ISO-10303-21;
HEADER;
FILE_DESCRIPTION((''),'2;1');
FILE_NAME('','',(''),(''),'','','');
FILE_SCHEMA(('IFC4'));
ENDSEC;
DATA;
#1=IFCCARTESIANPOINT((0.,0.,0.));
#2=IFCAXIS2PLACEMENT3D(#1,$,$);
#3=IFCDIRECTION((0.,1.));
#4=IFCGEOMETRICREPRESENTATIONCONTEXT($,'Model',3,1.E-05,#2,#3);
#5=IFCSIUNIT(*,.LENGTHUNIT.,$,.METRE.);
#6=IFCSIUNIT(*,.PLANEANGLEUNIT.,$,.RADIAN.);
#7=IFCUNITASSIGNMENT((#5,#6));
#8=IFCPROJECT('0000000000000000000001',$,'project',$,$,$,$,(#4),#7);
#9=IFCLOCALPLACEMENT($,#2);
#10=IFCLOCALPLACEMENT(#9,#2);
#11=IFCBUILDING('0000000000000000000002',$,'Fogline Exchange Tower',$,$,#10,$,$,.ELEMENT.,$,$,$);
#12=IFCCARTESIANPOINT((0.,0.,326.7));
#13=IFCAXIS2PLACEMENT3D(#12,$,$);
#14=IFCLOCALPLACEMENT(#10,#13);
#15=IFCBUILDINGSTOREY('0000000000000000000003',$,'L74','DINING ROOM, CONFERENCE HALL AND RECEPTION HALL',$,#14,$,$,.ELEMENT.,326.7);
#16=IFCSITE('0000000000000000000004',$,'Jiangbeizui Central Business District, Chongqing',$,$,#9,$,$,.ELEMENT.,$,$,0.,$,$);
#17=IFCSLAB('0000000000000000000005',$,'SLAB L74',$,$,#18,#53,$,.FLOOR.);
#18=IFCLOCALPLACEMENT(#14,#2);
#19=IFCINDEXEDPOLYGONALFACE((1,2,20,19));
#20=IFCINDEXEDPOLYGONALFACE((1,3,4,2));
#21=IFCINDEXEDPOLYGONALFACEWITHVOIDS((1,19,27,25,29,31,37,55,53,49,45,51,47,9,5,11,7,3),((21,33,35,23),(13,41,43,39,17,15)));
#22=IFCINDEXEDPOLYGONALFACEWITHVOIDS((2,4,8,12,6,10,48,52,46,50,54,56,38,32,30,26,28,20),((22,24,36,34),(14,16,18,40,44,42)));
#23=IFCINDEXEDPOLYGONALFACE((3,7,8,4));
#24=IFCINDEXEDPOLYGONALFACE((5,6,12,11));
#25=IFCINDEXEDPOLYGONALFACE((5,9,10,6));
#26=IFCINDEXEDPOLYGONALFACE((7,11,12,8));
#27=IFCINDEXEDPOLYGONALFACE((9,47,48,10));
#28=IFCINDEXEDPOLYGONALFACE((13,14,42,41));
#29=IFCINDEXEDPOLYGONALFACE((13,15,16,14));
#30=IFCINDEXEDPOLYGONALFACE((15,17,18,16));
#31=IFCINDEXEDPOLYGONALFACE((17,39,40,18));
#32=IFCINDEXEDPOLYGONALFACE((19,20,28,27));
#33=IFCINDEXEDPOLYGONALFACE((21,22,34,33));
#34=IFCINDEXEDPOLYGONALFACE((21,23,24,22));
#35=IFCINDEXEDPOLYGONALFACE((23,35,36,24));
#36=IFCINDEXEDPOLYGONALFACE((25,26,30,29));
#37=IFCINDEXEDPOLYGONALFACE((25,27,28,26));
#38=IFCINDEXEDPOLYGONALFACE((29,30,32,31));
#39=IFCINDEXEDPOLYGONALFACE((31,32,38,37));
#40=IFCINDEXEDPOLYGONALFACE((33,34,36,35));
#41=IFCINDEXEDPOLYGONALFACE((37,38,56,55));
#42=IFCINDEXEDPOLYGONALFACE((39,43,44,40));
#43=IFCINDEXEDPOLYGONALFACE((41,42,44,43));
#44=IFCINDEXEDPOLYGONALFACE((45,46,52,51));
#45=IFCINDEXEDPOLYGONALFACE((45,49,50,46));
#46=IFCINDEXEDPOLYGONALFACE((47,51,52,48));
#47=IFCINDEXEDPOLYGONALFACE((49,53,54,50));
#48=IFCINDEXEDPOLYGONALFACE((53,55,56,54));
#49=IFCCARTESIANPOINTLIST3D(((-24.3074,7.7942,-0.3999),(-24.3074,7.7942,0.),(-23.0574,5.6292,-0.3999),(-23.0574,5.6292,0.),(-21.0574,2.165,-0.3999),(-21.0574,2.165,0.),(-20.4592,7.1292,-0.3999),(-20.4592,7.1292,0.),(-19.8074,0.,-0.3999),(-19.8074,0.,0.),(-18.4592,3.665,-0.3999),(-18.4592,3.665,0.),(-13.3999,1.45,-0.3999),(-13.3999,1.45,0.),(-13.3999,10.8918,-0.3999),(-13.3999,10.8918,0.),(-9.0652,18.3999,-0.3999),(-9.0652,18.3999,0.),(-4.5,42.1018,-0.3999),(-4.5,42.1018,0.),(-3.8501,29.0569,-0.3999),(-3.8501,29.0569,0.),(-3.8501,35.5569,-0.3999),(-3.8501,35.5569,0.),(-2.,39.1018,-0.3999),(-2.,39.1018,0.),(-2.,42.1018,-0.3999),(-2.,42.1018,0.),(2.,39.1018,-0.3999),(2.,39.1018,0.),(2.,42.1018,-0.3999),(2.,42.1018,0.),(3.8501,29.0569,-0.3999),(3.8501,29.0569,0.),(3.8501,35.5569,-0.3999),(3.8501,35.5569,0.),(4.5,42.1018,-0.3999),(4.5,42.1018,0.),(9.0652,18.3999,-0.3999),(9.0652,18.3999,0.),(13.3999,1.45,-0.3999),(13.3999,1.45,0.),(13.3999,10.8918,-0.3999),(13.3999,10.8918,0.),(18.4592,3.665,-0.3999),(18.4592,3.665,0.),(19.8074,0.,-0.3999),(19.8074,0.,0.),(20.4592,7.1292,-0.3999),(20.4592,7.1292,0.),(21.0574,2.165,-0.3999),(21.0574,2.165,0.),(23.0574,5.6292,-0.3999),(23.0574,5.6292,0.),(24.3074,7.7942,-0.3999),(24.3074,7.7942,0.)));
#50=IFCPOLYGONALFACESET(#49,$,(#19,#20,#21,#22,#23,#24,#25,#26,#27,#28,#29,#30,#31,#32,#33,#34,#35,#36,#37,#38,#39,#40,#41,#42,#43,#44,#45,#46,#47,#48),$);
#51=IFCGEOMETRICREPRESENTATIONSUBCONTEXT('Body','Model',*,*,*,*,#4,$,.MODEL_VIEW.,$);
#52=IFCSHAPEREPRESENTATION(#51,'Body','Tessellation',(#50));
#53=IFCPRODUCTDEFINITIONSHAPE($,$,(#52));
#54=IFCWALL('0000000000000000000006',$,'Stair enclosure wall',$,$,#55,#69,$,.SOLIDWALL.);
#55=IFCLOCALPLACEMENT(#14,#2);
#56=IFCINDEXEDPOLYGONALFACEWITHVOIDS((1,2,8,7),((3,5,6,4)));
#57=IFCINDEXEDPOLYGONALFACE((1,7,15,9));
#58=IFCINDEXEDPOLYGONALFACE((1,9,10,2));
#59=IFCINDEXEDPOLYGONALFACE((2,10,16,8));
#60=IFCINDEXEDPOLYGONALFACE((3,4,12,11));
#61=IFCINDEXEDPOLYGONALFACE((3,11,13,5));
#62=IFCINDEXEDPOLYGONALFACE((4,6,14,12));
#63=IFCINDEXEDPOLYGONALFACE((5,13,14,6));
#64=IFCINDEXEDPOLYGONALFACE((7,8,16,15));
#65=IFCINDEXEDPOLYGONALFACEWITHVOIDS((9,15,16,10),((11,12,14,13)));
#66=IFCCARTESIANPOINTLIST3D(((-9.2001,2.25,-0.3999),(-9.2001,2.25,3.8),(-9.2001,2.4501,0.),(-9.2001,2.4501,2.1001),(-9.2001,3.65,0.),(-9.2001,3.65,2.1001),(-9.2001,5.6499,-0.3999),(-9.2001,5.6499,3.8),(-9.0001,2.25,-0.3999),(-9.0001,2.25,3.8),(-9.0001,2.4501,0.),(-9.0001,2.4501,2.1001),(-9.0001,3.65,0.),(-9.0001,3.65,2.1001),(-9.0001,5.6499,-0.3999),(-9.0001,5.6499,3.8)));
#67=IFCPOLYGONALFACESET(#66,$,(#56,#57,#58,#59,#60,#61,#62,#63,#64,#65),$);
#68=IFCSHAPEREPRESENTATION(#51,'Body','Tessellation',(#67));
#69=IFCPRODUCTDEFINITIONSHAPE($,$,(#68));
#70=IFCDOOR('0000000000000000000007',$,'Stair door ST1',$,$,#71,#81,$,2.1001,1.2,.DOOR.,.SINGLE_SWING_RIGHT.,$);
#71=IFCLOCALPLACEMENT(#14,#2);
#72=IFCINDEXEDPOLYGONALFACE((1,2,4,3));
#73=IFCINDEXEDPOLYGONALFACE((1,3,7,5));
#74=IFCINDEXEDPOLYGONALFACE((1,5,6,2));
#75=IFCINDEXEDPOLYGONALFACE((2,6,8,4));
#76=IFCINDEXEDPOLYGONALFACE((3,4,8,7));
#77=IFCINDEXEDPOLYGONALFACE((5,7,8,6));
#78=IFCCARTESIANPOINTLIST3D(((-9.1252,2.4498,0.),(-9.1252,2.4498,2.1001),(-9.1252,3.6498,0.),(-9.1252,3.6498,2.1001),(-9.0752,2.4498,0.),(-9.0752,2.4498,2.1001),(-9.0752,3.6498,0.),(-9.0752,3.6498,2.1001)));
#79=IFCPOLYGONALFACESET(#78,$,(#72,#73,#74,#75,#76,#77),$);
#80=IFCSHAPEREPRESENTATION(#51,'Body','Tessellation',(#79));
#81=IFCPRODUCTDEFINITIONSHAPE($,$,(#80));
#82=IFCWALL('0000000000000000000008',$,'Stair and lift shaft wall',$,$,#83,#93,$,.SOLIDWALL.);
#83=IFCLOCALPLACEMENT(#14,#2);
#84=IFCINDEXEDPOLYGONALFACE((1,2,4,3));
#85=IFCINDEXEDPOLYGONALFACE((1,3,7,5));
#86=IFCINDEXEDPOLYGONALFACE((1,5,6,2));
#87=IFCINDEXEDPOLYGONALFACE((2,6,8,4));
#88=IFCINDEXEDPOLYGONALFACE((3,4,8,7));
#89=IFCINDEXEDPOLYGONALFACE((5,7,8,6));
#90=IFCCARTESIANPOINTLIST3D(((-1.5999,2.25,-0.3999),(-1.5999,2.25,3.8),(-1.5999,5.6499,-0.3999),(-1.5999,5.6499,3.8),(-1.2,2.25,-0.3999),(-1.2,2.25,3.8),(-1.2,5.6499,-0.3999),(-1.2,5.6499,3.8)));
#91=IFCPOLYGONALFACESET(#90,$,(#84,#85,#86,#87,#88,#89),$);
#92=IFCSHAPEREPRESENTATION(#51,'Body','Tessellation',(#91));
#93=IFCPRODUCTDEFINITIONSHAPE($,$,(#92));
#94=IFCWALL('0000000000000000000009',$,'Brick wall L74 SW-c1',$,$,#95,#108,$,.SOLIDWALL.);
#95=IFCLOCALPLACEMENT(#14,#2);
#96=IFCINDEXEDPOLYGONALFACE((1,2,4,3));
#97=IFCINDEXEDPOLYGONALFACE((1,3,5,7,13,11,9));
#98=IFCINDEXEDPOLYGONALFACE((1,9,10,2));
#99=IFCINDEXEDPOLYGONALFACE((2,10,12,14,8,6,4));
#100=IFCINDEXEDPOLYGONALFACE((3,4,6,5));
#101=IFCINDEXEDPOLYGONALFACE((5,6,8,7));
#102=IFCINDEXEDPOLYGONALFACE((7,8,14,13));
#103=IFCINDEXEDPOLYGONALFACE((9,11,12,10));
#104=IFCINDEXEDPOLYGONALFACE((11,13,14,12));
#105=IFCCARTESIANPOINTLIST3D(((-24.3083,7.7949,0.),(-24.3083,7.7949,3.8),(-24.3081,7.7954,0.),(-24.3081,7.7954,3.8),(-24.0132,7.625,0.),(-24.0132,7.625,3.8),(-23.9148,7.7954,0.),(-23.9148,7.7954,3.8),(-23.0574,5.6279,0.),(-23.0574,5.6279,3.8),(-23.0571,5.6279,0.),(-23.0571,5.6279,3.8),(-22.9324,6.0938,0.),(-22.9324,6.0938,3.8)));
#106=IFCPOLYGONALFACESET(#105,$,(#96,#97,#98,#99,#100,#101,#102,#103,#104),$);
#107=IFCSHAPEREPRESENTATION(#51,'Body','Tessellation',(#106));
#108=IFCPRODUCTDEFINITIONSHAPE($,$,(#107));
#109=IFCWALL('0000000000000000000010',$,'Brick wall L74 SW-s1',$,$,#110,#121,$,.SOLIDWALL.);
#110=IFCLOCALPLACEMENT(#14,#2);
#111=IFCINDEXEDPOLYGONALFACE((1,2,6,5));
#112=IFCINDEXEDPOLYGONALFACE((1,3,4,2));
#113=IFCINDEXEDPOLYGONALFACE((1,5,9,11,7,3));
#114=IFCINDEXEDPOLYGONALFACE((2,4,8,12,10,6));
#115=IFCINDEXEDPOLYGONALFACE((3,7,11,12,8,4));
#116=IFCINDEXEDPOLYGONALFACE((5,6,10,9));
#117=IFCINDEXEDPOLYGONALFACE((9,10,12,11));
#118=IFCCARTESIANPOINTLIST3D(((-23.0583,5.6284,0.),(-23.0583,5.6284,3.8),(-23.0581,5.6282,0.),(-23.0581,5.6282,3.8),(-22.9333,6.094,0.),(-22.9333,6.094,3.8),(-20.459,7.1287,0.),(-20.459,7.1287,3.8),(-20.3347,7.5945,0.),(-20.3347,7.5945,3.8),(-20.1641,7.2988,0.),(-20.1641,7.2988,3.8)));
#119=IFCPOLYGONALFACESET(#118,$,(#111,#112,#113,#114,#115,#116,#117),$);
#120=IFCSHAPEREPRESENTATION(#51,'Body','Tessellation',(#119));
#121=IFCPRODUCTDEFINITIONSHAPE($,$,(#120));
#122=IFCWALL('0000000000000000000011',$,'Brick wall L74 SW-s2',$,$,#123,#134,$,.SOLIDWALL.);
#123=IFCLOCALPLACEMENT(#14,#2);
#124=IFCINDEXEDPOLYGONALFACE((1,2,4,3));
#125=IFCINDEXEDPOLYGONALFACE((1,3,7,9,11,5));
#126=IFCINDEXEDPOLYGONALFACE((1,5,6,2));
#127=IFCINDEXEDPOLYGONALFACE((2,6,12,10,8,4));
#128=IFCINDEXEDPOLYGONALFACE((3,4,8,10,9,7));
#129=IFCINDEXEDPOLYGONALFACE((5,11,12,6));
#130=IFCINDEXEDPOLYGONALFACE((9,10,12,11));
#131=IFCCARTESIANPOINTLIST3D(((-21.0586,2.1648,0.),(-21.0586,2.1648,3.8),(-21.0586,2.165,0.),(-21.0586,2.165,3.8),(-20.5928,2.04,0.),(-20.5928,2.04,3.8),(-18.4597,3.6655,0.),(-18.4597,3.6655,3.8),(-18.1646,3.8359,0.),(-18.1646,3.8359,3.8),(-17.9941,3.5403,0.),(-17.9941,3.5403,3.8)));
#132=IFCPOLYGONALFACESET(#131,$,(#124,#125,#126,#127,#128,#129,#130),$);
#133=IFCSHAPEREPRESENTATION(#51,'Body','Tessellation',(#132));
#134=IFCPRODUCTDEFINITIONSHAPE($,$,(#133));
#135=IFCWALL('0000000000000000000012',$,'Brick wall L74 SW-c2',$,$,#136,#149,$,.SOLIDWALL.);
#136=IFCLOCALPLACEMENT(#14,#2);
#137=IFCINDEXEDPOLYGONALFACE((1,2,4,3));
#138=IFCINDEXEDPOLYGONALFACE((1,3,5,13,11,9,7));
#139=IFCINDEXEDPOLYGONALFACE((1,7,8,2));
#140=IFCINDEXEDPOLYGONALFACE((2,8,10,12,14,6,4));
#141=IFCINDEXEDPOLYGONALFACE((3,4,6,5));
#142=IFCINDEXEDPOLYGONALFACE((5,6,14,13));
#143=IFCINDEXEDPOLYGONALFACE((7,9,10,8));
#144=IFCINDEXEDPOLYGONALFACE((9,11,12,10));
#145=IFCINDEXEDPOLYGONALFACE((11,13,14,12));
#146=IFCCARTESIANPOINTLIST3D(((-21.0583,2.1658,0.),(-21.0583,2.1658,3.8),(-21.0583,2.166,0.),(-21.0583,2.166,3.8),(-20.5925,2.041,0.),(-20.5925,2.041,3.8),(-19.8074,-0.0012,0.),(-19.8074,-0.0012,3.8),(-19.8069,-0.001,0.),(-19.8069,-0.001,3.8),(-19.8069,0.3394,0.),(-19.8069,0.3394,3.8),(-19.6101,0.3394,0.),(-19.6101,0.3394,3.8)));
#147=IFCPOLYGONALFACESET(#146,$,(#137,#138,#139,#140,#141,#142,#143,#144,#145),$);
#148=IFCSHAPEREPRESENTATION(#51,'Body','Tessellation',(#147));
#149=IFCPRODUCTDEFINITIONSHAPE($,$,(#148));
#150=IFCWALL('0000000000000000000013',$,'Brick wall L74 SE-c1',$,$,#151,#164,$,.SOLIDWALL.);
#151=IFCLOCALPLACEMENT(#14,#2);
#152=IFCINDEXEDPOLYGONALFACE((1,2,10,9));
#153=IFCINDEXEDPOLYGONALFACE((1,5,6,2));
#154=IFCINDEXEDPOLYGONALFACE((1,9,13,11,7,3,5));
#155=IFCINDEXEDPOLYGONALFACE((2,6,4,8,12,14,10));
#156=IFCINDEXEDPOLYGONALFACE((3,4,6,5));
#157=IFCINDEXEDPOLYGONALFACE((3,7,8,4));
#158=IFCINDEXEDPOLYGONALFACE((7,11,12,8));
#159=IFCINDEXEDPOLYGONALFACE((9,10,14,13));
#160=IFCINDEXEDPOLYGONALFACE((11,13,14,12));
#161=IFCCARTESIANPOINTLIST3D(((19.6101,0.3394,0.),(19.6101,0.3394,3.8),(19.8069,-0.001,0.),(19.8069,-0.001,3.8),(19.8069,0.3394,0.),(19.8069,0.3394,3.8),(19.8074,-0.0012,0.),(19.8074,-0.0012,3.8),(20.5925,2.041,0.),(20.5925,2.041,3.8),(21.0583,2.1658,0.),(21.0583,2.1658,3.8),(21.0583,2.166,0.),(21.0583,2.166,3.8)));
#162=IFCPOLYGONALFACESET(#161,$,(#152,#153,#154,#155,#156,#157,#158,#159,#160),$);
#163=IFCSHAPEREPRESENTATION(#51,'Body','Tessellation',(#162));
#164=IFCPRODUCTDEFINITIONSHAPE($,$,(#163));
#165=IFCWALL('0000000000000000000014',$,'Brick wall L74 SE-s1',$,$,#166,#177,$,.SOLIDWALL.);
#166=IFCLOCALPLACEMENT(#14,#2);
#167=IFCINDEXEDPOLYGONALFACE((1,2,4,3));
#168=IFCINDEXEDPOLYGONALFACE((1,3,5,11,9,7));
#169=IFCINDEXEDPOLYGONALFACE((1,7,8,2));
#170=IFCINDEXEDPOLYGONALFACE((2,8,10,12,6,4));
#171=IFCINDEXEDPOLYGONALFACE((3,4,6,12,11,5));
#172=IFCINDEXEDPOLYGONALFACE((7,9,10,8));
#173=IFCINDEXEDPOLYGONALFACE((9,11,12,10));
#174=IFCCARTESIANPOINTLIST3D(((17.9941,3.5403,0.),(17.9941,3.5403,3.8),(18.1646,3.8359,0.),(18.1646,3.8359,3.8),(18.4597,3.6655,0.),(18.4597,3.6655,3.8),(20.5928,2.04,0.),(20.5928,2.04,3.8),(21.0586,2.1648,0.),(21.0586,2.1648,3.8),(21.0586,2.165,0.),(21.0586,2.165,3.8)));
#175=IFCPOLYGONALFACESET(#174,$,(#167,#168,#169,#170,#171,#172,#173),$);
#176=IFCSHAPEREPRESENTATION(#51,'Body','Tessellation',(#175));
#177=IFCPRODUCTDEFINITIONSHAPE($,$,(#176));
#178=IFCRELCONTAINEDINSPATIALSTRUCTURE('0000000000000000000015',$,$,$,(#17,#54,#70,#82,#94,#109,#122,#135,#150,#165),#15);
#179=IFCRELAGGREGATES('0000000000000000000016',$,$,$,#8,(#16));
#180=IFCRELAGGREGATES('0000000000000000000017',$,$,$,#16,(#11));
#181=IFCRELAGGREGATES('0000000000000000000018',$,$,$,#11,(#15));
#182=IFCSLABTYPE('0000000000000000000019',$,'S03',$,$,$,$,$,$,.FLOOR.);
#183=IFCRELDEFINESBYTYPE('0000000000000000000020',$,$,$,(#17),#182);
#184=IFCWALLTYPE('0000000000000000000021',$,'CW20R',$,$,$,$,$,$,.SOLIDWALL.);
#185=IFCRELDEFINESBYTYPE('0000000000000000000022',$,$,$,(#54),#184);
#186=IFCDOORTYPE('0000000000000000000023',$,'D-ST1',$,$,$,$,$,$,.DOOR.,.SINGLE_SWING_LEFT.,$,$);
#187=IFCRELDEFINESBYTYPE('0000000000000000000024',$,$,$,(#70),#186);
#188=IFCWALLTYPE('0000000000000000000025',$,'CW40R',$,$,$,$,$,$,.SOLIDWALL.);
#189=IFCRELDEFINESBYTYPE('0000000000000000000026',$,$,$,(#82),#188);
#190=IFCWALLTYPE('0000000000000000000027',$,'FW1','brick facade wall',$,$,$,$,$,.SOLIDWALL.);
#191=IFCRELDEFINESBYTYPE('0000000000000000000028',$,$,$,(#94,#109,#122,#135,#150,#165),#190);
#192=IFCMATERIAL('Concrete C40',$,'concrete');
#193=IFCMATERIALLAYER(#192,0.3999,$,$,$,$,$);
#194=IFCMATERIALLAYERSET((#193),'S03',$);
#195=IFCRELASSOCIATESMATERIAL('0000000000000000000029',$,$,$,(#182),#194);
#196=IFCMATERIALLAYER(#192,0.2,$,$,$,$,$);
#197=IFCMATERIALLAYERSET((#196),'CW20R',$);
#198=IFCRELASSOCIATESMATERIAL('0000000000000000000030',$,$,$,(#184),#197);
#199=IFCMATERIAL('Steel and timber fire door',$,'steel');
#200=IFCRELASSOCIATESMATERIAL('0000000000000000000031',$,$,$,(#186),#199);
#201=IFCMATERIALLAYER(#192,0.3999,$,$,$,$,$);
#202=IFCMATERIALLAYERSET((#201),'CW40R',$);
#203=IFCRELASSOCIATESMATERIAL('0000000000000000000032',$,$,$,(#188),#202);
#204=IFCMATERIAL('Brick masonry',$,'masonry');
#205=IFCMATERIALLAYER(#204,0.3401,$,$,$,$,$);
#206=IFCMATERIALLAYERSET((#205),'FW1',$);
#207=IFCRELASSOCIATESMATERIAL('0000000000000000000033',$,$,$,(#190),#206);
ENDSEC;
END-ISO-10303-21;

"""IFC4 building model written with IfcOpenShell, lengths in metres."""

from ifc_helpers import new_model, si_unit, direction, frame, frame_2d, origin, place, context, subcontext, project, spatial, polyline, rectangle, outline, extrude, material, layer, layer_set, type_object, element, fill, save


model = new_model("IFC4")

# Units and contexts
model_context = context("Model", 3, precision=1e-05, world=origin(), true_north=direction((0.0, 1.0)))
body_context = subcontext(model_context, "Body", "Model", "MODEL_VIEW")
ifc_project = project(units=[si_unit("LENGTHUNIT", "METRE"), si_unit("PLANEANGLEUNIT", "RADIAN")], contexts=[model_context])

# Site, building, storey
site_placement = place(None, origin())
site = spatial("IfcSite", under=ifc_project, at=site_placement, Name="Jiangbeizui Central Business District, Chongqing", CompositionType="ELEMENT", RefElevation=0.0)
building_placement = place(site_placement, origin())
building = spatial("IfcBuilding", under=site, at=building_placement, Name="Fogline Exchange Tower", CompositionType="ELEMENT")
storey_placement = place(building_placement, frame((0.0, 0.0, 326.7)))
storey = spatial("IfcBuildingStorey", under=building, at=storey_placement, Name="L74", Description="DINING ROOM, CONFERENCE HALL AND RECEPTION HALL", CompositionType="ELEMENT", Elevation=326.7)

# Slab
ifc_material_1 = material(Name="Concrete C40", Category="concrete")
ifc_layer_1 = layer(ifc_material_1, 0.3999)
ifc_layer_set_1 = layer_set([ifc_layer_1], Name="S03")
slab_type = type_object("IfcSlabType", Name="S03", PredefinedType="FLOOR", material=ifc_layer_set_1)
slab_placement = place(storey_placement, frame((0.0, 0.0, -0.3999)))
element("IfcSlab", 1, at=slab_placement, inside=storey, type_object=slab_type, Name="SLAB L74", PredefinedType="FLOOR", context=body_context, shape_type="SweptSolid", body=[
    extrude(outline(polyline([(-2.0, 42.1018), (-4.5, 42.1018), (-24.3074, 7.7942), (-23.0574, 5.6292), (-20.4592, 7.1292), (-18.4592, 3.665), (-21.0574, 2.165), (-19.8074, 0.0), (19.8074, 0.0), (21.0574, 2.165), (18.4592, 3.665), (20.4592, 7.1292), (23.0574, 5.6292), (24.3074, 7.7942), (4.5, 42.1018), (2.0, 42.1018), (2.0, 39.1018), (-2.0, 39.1018), (-2.0, 42.1018)]), holes=[polyline([(13.3999, 10.8918), (13.3999, 1.45), (-13.3999, 1.45), (-13.3999, 10.8918), (-9.0652, 18.3999), (9.0652, 18.3999), (13.3999, 10.8918)]), polyline([(3.8501, 35.5569), (3.8501, 29.0569), (-3.8501, 29.0569), (-3.8501, 35.5569), (3.8501, 35.5569)])]), origin(), (0.0, 0.0, 1.0), 0.3999),
])

# Wall, opening, door
ifc_layer_2 = layer(ifc_material_1, 0.2)
ifc_layer_set_2 = layer_set([ifc_layer_2], Name="CW20R")
wall_type_1 = type_object("IfcWallType", Name="CW20R", PredefinedType="SOLIDWALL", material=ifc_layer_set_2)
wall_1_placement = place(storey_placement, frame((-9.1001, 2.25, -0.3999), z_axis=(0.0, 0.0, 1.0), x_axis=(0.0, 1.0, 0.0)))
wall_1 = element("IfcWall", 2, at=wall_1_placement, inside=storey, type_object=wall_type_1, Name="Stair enclosure wall", PredefinedType="SOLIDWALL", context=body_context, shape_type="SweptSolid", body=[
    extrude(rectangle(XDim=3.3999, YDim=0.2, at=frame_2d((1.7, 0.0))), origin(), (0.0, 0.0, 1.0), 4.2),
])
opening_placement = place(wall_1_placement, frame((0.2, 0.0, 0.3999)))
opening = element("IfcOpeningElement", 3, at=opening_placement, cuts=wall_1, PredefinedType="OPENING", context=body_context, shape_type="SweptSolid", body=[
    extrude(rectangle(XDim=1.2, YDim=2.1001, at=frame_2d((0.6001, 1.05))), frame((0.0, 0.1099, 0.0), z_axis=(0.0, -1.0, 0.0), x_axis=(1.0, 0.0, 0.0)), (0.0, 0.0, 1.0), 0.22),
])
ifc_material_2 = material(Name="Steel and timber fire door", Category="steel")
door_type = type_object("IfcDoorType", Name="D-ST1", OperationType="SINGLE_SWING_LEFT", PredefinedType="DOOR", material=ifc_material_2)
door_placement = place(opening_placement, frame((1.2, 0.0, 0.0), z_axis=(0.0, 0.0, 1.0), x_axis=(-1.0, 0.0, 0.0)))
door = element("IfcDoor", 4, at=door_placement, inside=storey, type_object=door_type, Name="Stair door ST1", OperationType="SINGLE_SWING_RIGHT", OverallHeight=2.1001, OverallWidth=1.2, PredefinedType="DOOR", context=body_context, shape_type="SweptSolid", body=[
    extrude(rectangle(XDim=1.2, YDim=2.1001, at=frame_2d((0.6001, 1.05))), frame((0.0, 0.0249, 0.0), z_axis=(0.0, -1.0, 0.0), x_axis=(1.0, 0.0, 0.0)), (0.0, 0.0, 1.0), 0.05),
])
fill(opening, door)

# Walls
ifc_layer_3 = layer(ifc_material_1, 0.3999)
ifc_layer_set_3 = layer_set([ifc_layer_3], Name="CW40R")
wall_type_2 = type_object("IfcWallType", Name="CW40R", PredefinedType="SOLIDWALL", material=ifc_layer_set_3)
wall_2_placement = place(storey_placement, frame((-1.3999, 2.25, -0.3999), z_axis=(0.0, 0.0, 1.0), x_axis=(0.0, 1.0, 0.0)))
element("IfcWall", 5, at=wall_2_placement, inside=storey, type_object=wall_type_2, Name="Stair and lift shaft wall", PredefinedType="SOLIDWALL", context=body_context, shape_type="SweptSolid", body=[
    extrude(rectangle(XDim=3.3999, YDim=0.3999, at=frame_2d((1.7, 0.0))), origin(), (0.0, 0.0, 1.0), 4.2),
])
ifc_material_3 = material(Name="Brick masonry", Category="masonry")
ifc_layer_4 = layer(ifc_material_3, 0.3401)
ifc_layer_set_4 = layer_set([ifc_layer_4], Name="FW1")
wall_type_3 = type_object("IfcWallType", Name="FW1", Description="brick facade wall", PredefinedType="SOLIDWALL", material=ifc_layer_set_4)
wall_3_placement = place(storey_placement, origin())
element("IfcWall", 6, at=wall_3_placement, inside=storey, type_object=wall_type_3, Name="Brick wall L74 SW-c1", PredefinedType="SOLIDWALL", context=body_context, shape_type="SweptSolid", body=[
    extrude(outline(polyline([(-23.0574, 5.6279), (-24.3083, 7.7949), (-24.3081, 7.7954), (-24.0132, 7.625), (-23.9148, 7.7954), (-22.9324, 6.0938), (-23.0571, 5.6279), (-23.0574, 5.6279)])), origin(), (0.0, 0.0, 1.0), 3.8),
])
wall_4_placement = place(storey_placement, origin())
element("IfcWall", 7, at=wall_4_placement, inside=storey, type_object=wall_type_3, Name="Brick wall L74 SW-s1", PredefinedType="SOLIDWALL", context=body_context, shape_type="SweptSolid", body=[
    extrude(outline(polyline([(-20.3347, 7.5945), (-20.1641, 7.2988), (-20.459, 7.1287), (-23.0581, 5.6282), (-23.0583, 5.6284), (-22.9333, 6.094), (-20.3347, 7.5945)])), origin(), (0.0, 0.0, 1.0), 3.8),
])
wall_5_placement = place(storey_placement, origin())
element("IfcWall", 8, at=wall_5_placement, inside=storey, type_object=wall_type_3, Name="Brick wall L74 SW-s2", PredefinedType="SOLIDWALL", context=body_context, shape_type="SweptSolid", body=[
    extrude(outline(polyline([(-21.0586, 2.165), (-18.4597, 3.6655), (-18.1646, 3.8359), (-17.9941, 3.5403), (-20.5928, 2.04), (-21.0586, 2.1648), (-21.0586, 2.165)])), origin(), (0.0, 0.0, 1.0), 3.8),
])
wall_6_placement = place(storey_placement, origin())
element("IfcWall", 9, at=wall_6_placement, inside=storey, type_object=wall_type_3, Name="Brick wall L74 SW-c2", PredefinedType="SOLIDWALL", context=body_context, shape_type="SweptSolid", body=[
    extrude(outline(polyline([(-19.6101, 0.3394), (-19.8069, 0.3394), (-19.8069, -0.001), (-19.8074, -0.0012), (-21.0583, 2.1658), (-21.0583, 2.166), (-20.5925, 2.041), (-19.6101, 0.3394)])), origin(), (0.0, 0.0, 1.0), 3.8),
])
wall_7_placement = place(storey_placement, origin())
element("IfcWall", 10, at=wall_7_placement, inside=storey, type_object=wall_type_3, Name="Brick wall L74 SE-c1", PredefinedType="SOLIDWALL", context=body_context, shape_type="SweptSolid", body=[
    extrude(outline(polyline([(21.0583, 2.1658), (19.8074, -0.0012), (19.8069, -0.001), (19.8069, 0.3394), (19.6101, 0.3394), (20.5925, 2.041), (21.0583, 2.166), (21.0583, 2.1658)])), origin(), (0.0, 0.0, 1.0), 3.8),
])
wall_8_placement = place(storey_placement, origin())
element("IfcWall", 11, at=wall_8_placement, inside=storey, type_object=wall_type_3, Name="Brick wall L74 SE-s1", PredefinedType="SOLIDWALL", context=body_context, shape_type="SweptSolid", body=[
    extrude(outline(polyline([(17.9941, 3.5403), (18.1646, 3.8359), (18.4597, 3.6655), (21.0586, 2.165), (21.0586, 2.1648), (20.5928, 2.04), (17.9941, 3.5403)])), origin(), (0.0, 0.0, 1.0), 3.8),
])

save(model, "model.ifc")
